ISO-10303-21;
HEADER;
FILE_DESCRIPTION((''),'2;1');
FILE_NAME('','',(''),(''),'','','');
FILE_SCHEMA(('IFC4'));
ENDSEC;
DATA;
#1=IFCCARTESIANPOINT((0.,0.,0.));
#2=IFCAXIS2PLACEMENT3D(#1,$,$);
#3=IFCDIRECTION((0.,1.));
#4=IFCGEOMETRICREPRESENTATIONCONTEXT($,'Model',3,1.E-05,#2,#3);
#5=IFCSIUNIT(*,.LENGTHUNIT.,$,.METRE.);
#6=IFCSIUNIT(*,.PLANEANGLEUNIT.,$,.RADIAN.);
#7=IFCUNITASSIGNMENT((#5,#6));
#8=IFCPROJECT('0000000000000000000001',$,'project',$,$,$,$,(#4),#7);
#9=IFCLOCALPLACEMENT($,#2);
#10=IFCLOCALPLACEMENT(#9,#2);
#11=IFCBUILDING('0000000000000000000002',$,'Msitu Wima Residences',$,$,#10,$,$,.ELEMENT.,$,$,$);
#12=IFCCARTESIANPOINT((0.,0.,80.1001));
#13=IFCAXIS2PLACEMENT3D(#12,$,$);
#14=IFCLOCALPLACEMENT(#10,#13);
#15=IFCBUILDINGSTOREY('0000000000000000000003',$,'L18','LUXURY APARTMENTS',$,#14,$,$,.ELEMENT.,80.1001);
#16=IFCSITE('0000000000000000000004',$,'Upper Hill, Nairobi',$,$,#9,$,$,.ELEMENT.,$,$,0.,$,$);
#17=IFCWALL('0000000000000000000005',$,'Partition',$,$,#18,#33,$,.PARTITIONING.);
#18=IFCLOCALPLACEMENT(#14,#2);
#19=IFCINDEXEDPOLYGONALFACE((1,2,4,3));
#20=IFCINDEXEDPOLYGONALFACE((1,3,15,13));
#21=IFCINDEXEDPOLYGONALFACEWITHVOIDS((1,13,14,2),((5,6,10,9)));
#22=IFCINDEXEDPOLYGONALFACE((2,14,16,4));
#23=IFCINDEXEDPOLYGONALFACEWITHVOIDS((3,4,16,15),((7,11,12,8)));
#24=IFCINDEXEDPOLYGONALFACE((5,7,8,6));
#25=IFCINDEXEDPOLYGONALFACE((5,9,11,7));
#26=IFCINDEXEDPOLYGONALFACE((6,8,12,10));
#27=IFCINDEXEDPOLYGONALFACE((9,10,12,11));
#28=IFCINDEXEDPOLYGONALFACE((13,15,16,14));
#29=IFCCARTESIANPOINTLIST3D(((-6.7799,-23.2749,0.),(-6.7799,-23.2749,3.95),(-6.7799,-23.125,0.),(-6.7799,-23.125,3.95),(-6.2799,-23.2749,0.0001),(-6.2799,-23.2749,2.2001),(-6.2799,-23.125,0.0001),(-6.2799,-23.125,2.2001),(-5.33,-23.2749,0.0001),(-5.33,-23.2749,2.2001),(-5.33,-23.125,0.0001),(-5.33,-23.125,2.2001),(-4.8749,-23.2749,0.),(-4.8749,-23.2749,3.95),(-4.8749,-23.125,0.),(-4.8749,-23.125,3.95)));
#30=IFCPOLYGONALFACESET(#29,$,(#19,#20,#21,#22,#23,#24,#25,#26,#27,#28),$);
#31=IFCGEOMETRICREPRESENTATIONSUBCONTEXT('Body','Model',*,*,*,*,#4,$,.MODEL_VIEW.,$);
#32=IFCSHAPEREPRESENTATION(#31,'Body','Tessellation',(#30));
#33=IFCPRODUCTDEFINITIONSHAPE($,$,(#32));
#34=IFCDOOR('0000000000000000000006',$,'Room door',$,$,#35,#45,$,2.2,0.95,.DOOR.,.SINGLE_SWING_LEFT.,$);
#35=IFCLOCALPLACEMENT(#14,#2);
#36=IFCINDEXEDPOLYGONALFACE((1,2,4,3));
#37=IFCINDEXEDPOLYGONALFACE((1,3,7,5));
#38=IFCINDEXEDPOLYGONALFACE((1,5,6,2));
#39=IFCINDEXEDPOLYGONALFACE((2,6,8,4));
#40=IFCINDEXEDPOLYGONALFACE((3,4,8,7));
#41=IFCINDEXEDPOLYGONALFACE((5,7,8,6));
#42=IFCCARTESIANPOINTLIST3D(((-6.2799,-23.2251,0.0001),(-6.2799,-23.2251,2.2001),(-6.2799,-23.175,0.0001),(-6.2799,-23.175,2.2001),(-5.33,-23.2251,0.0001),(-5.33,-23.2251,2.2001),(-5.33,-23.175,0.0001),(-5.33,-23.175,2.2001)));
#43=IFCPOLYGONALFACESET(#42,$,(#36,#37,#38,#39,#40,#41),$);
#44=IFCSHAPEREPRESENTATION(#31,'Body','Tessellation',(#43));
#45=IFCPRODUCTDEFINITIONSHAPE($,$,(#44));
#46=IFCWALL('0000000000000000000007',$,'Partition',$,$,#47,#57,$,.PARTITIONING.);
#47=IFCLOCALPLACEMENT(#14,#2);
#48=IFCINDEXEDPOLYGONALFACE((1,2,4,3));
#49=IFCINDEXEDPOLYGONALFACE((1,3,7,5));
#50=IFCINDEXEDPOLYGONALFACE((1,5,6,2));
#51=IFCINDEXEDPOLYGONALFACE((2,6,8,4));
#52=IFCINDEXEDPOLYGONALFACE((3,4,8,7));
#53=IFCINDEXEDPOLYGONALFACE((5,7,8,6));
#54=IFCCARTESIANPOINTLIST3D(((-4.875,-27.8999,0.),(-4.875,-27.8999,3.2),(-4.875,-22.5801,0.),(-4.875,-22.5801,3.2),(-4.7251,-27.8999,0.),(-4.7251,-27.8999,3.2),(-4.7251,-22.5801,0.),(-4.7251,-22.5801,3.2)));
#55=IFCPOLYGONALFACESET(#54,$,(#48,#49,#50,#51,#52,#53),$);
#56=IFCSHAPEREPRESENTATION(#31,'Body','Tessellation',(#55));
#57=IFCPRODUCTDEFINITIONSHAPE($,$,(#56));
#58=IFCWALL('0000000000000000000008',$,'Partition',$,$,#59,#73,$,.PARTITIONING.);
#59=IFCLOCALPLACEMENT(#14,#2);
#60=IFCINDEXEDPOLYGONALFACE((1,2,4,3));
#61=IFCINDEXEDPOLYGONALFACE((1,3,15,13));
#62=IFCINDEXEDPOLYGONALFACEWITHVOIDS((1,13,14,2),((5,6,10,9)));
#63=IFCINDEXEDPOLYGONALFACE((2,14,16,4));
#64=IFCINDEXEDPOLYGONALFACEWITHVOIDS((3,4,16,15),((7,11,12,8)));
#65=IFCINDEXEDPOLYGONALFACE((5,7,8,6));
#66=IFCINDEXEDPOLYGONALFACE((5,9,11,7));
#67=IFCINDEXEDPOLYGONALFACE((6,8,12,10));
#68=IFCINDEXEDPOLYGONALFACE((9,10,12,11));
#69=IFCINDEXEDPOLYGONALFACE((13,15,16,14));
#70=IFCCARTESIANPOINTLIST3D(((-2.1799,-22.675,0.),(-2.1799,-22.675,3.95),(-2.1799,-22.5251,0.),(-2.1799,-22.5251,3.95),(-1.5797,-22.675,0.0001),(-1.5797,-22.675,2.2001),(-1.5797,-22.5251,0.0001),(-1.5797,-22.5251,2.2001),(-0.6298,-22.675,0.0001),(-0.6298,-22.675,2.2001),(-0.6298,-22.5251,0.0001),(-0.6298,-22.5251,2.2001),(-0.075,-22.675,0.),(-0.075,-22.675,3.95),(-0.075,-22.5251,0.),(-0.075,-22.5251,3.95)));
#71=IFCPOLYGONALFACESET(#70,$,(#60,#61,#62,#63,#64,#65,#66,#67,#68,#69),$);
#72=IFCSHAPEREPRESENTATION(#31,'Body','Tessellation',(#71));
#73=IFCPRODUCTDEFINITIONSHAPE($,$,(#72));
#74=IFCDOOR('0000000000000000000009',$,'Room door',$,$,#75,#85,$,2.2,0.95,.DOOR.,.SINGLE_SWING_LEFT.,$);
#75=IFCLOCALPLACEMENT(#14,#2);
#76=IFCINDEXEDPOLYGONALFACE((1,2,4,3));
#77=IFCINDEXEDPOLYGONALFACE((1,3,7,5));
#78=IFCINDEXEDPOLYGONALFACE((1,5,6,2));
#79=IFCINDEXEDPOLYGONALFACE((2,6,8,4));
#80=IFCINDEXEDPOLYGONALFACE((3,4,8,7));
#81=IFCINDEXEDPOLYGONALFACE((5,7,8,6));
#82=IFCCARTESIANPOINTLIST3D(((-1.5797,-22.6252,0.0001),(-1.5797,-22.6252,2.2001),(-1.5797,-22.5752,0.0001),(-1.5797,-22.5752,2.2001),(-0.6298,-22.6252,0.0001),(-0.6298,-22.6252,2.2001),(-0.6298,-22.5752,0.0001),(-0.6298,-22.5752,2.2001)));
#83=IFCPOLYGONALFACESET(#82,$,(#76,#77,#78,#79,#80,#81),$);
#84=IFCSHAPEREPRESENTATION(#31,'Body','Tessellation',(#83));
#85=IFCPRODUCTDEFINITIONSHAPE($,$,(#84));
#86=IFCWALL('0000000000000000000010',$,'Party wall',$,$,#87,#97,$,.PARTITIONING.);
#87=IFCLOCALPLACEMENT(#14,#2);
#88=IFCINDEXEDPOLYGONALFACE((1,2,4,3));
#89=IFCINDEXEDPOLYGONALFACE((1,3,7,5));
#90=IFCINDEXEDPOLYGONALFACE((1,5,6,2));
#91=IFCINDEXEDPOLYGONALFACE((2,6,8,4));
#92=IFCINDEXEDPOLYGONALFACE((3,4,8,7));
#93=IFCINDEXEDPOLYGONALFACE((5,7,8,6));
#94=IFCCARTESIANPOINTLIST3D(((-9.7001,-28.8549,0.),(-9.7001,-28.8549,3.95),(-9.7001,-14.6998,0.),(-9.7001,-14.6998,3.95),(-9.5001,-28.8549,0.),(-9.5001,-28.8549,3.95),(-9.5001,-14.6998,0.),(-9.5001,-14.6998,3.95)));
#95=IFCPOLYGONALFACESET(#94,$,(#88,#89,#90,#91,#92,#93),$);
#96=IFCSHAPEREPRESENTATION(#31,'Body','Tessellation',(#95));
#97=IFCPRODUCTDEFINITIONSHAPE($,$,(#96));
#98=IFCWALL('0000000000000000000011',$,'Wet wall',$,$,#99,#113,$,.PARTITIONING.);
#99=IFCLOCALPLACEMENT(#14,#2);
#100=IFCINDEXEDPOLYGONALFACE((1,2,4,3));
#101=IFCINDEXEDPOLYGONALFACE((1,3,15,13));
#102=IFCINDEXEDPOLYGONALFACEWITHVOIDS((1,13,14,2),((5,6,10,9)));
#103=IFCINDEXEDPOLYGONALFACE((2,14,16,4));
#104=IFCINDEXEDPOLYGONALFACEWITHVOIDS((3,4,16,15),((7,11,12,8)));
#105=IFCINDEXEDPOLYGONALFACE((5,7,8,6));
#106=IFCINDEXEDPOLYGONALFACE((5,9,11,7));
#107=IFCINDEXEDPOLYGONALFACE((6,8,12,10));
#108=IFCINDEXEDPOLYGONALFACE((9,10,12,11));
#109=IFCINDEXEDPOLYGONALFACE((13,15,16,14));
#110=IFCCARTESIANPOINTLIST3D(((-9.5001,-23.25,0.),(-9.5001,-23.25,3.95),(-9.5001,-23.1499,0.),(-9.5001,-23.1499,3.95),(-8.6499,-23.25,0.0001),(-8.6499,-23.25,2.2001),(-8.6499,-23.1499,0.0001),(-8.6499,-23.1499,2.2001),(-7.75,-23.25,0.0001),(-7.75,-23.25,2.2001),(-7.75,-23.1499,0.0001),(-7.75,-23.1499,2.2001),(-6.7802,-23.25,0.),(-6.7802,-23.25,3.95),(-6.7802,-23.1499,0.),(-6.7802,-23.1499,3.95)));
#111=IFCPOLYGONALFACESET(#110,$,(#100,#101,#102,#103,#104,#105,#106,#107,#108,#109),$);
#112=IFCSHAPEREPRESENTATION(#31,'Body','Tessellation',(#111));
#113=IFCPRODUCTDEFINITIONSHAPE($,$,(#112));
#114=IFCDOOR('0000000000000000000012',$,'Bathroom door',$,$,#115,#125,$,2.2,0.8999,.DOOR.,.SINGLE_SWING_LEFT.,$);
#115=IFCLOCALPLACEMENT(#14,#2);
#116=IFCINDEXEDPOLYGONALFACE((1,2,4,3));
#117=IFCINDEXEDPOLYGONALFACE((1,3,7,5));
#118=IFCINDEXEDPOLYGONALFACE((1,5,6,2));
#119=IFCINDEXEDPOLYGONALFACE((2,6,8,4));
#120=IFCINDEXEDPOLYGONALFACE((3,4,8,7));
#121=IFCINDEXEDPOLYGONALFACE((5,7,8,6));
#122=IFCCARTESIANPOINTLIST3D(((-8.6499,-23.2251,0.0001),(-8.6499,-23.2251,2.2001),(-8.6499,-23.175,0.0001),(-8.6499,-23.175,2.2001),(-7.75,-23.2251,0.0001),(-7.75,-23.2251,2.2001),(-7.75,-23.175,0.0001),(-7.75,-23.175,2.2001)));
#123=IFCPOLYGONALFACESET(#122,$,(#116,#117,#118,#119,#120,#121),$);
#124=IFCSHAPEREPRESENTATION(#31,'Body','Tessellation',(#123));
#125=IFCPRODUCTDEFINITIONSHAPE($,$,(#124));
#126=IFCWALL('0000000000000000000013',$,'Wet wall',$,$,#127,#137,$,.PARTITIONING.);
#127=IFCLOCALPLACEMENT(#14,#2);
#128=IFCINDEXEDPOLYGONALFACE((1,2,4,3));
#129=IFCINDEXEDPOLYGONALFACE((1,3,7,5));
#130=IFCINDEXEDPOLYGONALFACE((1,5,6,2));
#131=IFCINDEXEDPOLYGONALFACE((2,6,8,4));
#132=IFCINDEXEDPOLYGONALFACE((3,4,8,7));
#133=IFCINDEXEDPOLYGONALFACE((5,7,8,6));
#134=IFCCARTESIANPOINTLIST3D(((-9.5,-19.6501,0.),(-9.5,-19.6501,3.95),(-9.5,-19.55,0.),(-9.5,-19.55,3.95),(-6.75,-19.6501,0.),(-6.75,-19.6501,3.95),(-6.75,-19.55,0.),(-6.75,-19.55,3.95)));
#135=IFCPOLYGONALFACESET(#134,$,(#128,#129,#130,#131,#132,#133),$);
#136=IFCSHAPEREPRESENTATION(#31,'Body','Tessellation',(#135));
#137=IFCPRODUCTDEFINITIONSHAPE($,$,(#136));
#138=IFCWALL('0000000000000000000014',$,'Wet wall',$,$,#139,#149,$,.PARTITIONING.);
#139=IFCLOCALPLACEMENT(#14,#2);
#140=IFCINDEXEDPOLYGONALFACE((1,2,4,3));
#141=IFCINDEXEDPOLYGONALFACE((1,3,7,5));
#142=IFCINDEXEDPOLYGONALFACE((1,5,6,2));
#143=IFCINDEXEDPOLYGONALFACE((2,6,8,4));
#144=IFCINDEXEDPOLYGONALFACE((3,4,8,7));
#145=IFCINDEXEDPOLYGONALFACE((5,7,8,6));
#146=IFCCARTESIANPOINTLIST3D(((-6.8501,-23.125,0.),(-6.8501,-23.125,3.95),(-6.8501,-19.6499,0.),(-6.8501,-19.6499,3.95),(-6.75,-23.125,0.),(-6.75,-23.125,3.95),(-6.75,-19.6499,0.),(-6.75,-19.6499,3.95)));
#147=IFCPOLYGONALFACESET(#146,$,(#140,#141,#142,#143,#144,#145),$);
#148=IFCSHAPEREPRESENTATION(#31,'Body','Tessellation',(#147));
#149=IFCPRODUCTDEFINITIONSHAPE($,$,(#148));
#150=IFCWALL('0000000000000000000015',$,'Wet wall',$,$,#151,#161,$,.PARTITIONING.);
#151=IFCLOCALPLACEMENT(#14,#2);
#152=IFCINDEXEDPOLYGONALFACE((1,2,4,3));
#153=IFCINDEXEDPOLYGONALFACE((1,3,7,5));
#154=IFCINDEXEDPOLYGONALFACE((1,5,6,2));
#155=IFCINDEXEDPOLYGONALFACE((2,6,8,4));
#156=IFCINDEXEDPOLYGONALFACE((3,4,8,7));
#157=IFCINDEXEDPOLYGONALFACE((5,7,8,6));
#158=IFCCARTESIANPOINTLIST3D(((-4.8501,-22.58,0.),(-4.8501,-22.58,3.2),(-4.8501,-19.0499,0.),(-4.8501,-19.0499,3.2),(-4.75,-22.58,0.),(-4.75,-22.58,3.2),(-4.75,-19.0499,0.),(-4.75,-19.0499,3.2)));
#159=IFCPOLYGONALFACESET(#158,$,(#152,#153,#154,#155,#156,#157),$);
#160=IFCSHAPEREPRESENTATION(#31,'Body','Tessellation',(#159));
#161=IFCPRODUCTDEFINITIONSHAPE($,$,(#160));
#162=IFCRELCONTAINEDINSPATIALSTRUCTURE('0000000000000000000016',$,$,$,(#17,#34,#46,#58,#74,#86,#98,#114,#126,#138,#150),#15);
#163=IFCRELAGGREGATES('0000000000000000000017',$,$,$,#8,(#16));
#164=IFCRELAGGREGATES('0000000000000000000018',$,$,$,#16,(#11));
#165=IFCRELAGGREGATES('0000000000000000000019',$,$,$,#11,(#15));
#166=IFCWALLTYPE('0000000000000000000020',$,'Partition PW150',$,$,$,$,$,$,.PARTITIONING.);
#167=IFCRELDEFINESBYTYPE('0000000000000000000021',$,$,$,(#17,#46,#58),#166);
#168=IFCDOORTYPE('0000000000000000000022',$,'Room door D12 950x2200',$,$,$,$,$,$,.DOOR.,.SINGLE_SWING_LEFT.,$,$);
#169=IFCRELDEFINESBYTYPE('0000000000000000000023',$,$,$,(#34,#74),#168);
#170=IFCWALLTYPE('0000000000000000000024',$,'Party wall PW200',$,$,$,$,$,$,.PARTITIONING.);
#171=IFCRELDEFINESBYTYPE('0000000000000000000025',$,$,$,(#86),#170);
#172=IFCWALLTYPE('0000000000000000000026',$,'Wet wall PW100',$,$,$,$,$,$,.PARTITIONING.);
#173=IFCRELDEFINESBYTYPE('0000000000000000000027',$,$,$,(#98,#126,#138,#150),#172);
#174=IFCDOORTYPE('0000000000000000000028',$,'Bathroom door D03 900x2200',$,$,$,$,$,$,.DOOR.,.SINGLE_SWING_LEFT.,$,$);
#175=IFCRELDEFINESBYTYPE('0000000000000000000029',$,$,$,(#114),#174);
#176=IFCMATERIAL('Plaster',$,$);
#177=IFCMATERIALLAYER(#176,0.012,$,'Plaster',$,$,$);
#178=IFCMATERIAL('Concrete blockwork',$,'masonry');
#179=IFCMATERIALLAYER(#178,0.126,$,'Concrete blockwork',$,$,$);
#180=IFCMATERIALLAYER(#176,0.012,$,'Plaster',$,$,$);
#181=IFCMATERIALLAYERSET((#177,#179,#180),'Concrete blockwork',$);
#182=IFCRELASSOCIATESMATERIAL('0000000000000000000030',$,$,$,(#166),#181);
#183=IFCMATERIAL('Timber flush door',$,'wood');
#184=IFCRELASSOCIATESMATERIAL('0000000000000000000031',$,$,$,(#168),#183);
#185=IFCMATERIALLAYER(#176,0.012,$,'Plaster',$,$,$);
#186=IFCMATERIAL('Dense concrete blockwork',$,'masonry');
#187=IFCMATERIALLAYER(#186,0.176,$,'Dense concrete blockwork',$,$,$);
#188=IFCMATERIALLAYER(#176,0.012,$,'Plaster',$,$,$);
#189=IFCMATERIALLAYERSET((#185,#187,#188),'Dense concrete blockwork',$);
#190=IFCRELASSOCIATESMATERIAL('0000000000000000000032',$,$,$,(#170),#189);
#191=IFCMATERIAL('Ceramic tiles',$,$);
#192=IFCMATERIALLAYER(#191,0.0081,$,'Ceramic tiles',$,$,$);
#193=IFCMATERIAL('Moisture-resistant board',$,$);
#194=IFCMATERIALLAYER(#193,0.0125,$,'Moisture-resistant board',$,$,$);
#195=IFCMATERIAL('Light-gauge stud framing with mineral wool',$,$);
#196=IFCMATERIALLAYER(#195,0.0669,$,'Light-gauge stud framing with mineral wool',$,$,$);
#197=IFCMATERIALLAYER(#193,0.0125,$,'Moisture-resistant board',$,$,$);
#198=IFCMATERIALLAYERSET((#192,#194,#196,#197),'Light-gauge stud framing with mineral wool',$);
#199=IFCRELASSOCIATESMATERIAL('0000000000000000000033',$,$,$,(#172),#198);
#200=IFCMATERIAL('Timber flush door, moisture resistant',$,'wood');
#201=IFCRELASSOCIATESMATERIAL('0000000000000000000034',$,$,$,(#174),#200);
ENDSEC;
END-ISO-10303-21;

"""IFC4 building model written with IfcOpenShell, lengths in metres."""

from ifc_helpers import new_model, si_unit, direction, frame, frame_2d, origin, place, context, subcontext, project, spatial, rectangle, extrude, material, layer, layer_set, type_object, element, fill, save


model = new_model("IFC4")

# Units and contexts
model_context = context("Model", 3, precision=1e-05, world=origin(), true_north=direction((0.0, 1.0)))
body_context = subcontext(model_context, "Body", "Model", "MODEL_VIEW")
ifc_project = project(units=[si_unit("LENGTHUNIT", "METRE"), si_unit("PLANEANGLEUNIT", "RADIAN")], contexts=[model_context])

# Site, building, storey
site_placement = place(None, origin())
site = spatial("IfcSite", under=ifc_project, at=site_placement, Name="Upper Hill, Nairobi", CompositionType="ELEMENT", RefElevation=0.0)
building_placement = place(site_placement, origin())
building = spatial("IfcBuilding", under=site, at=building_placement, Name="Msitu Wima Residences", CompositionType="ELEMENT")
storey_placement = place(building_placement, frame((0.0, 0.0, 80.1001)))
storey = spatial("IfcBuildingStorey", under=building, at=storey_placement, Name="L18", Description="LUXURY APARTMENTS", CompositionType="ELEMENT", Elevation=80.1001)

# Shared definitions
ifc_material_1 = material(Name="Plaster")
ifc_layer_1 = layer(ifc_material_1, 0.012, Name="Plaster")
ifc_material_2 = material(Name="Concrete blockwork", Category="masonry")
ifc_layer_2 = layer(ifc_material_2, 0.126, Name="Concrete blockwork")
ifc_layer_3 = layer(ifc_material_1, 0.012, Name="Plaster")
ifc_layer_set_1 = layer_set([ifc_layer_1, ifc_layer_2, ifc_layer_3], Name="Concrete blockwork")
wall_type_1 = type_object("IfcWallType", Name="Partition PW150", PredefinedType="PARTITIONING", material=ifc_layer_set_1)

# Wall, opening, door
wall_1_placement = place(storey_placement, frame((-6.78, -23.2, 0.0), z_axis=(0.0, 0.0, 1.0), x_axis=(1.0, 0.0, 0.0)))
wall_1 = element("IfcWall", 1, at=wall_1_placement, inside=storey, type_object=wall_type_1, Name="Partition", PredefinedType="PARTITIONING", context=body_context, shape_type="SweptSolid", body=[
    extrude(rectangle(XDim=1.905, YDim=0.1499, at=frame_2d((0.9526, 0.0))), origin(), (0.0, 0.0, 1.0), 3.95),
])
opening_1_placement = place(wall_1_placement, frame((0.5, 0.0, 0.0)))
opening_1 = element("IfcOpeningElement", 2, at=opening_1_placement, cuts=wall_1, PredefinedType="OPENING", context=body_context, shape_type="SweptSolid", body=[
    extrude(rectangle(XDim=0.95, YDim=2.2, at=frame_2d((0.4751, 1.1001))), frame((0.0, 0.085, 0.0), z_axis=(0.0, -1.0, 0.0), x_axis=(1.0, 0.0, 0.0)), (0.0, 0.0, 1.0), 0.1699),
])
ifc_material_3 = material(Name="Timber flush door", Category="wood")
door_type_1 = type_object("IfcDoorType", Name="Room door D12 950x2200", OperationType="SINGLE_SWING_LEFT", PredefinedType="DOOR", material=ifc_material_3)
door_1_placement = place(opening_1_placement, origin())
door_1 = element("IfcDoor", 3, at=door_1_placement, inside=storey, type_object=door_type_1, Name="Room door", OperationType="SINGLE_SWING_LEFT", OverallHeight=2.2, OverallWidth=0.95, PredefinedType="DOOR", context=body_context, shape_type="SweptSolid", body=[
    extrude(rectangle(XDim=0.95, YDim=2.2, at=frame_2d((0.4751, 1.1001))), frame((0.0, 0.0249, 0.0), z_axis=(0.0, -1.0, 0.0), x_axis=(1.0, 0.0, 0.0)), (0.0, 0.0, 1.0), 0.05),
])
fill(opening_1, door_1)

# Wall
wall_2_placement = place(storey_placement, frame((-4.8, -27.8999, 0.0), z_axis=(0.0, 0.0, 1.0), x_axis=(0.0, 1.0, 0.0)))
element("IfcWall", 4, at=wall_2_placement, inside=storey, type_object=wall_type_1, Name="Partition", PredefinedType="PARTITIONING", context=body_context, shape_type="SweptSolid", body=[
    extrude(rectangle(XDim=5.3198, YDim=0.1499, at=frame_2d((2.6599, 0.0))), origin(), (0.0, 0.0, 1.0), 3.2),
])

# Wall, opening, door
wall_3_placement = place(storey_placement, frame((-2.1799, -22.6001, 0.0), z_axis=(0.0, 0.0, 1.0), x_axis=(1.0, 0.0, 0.0)))
wall_3 = element("IfcWall", 5, at=wall_3_placement, inside=storey, type_object=wall_type_1, Name="Partition", PredefinedType="PARTITIONING", context=body_context, shape_type="SweptSolid", body=[
    extrude(rectangle(XDim=2.105, YDim=0.1499, at=frame_2d((1.0525, 0.0))), origin(), (0.0, 0.0, 1.0), 3.95),
])
opening_2_placement = place(wall_3_placement, frame((0.6001, 0.0, 0.0)))
opening_2 = element("IfcOpeningElement", 6, at=opening_2_placement, cuts=wall_3, PredefinedType="OPENING", context=body_context, shape_type="SweptSolid", body=[
    extrude(rectangle(XDim=0.95, YDim=2.2, at=frame_2d((0.4751, 1.1001))), frame((0.0, 0.085, 0.0), z_axis=(0.0, -1.0, 0.0), x_axis=(1.0, 0.0, 0.0)), (0.0, 0.0, 1.0), 0.1699),
])
door_2_placement = place(opening_2_placement, origin())
door_2 = element("IfcDoor", 7, at=door_2_placement, inside=storey, type_object=door_type_1, Name="Room door", OperationType="SINGLE_SWING_LEFT", OverallHeight=2.2, OverallWidth=0.95, PredefinedType="DOOR", context=body_context, shape_type="SweptSolid", body=[
    extrude(rectangle(XDim=0.95, YDim=2.2, at=frame_2d((0.4751, 1.1001))), frame((0.0, 0.0249, 0.0), z_axis=(0.0, -1.0, 0.0), x_axis=(1.0, 0.0, 0.0)), (0.0, 0.0, 1.0), 0.05),
])
fill(opening_2, door_2)

# Wall
ifc_layer_4 = layer(ifc_material_1, 0.012, Name="Plaster")
ifc_material_4 = material(Name="Dense concrete blockwork", Category="masonry")
ifc_layer_5 = layer(ifc_material_4, 0.176, Name="Dense concrete blockwork")
ifc_layer_6 = layer(ifc_material_1, 0.012, Name="Plaster")
ifc_layer_set_2 = layer_set([ifc_layer_4, ifc_layer_5, ifc_layer_6], Name="Dense concrete blockwork")
wall_type_2 = type_object("IfcWallType", Name="Party wall PW200", PredefinedType="PARTITIONING", material=ifc_layer_set_2)
wall_4_placement = place(storey_placement, frame((-9.6001, -28.855, 0.0), z_axis=(0.0, 0.0, 1.0), x_axis=(0.0, 1.0, 0.0)))
element("IfcWall", 8, at=wall_4_placement, inside=storey, type_object=wall_type_2, Name="Party wall", PredefinedType="PARTITIONING", context=body_context, shape_type="SweptSolid", body=[
    extrude(rectangle(XDim=14.155, YDim=0.2, at=frame_2d((7.0776, 0.0))), origin(), (0.0, 0.0, 1.0), 3.95),
])

# Wall, opening, door
ifc_material_5 = material(Name="Ceramic tiles")
ifc_layer_7 = layer(ifc_material_5, 0.0081, Name="Ceramic tiles")
ifc_material_6 = material(Name="Moisture-resistant board")
ifc_layer_8 = layer(ifc_material_6, 0.0125, Name="Moisture-resistant board")
ifc_material_7 = material(Name="Light-gauge stud framing with mineral wool")
ifc_layer_9 = layer(ifc_material_7, 0.0669, Name="Light-gauge stud framing with mineral wool")
ifc_layer_10 = layer(ifc_material_6, 0.0125, Name="Moisture-resistant board")
ifc_layer_set_3 = layer_set([ifc_layer_7, ifc_layer_8, ifc_layer_9, ifc_layer_10], Name="Light-gauge stud framing with mineral wool")
wall_type_3 = type_object("IfcWallType", Name="Wet wall PW100", PredefinedType="PARTITIONING", material=ifc_layer_set_3)
wall_5_placement = place(storey_placement, frame((-9.5, -23.2, 0.0), z_axis=(0.0, 0.0, 1.0), x_axis=(1.0, 0.0, 0.0)))
wall_5 = element("IfcWall", 9, at=wall_5_placement, inside=storey, type_object=wall_type_3, Name="Wet wall", PredefinedType="PARTITIONING", context=body_context, shape_type="SweptSolid", body=[
    extrude(rectangle(XDim=2.72, YDim=0.1001, at=frame_2d((1.3599, 0.0))), origin(), (0.0, 0.0, 1.0), 3.95),
])
opening_3_placement = place(wall_5_placement, frame((0.8501, 0.0, 0.0)))
opening_3 = element("IfcOpeningElement", 10, at=opening_3_placement, cuts=wall_5, PredefinedType="OPENING", context=body_context, shape_type="SweptSolid", body=[
    extrude(rectangle(XDim=0.8999, YDim=2.2, at=frame_2d((0.45, 1.1001))), frame((0.0, 0.0601, 0.0), z_axis=(0.0, -1.0, 0.0), x_axis=(1.0, 0.0, 0.0)), (0.0, 0.0, 1.0), 0.1201),
])
ifc_material_8 = material(Name="Timber flush door, moisture resistant", Category="wood")
door_type_2 = type_object("IfcDoorType", Name="Bathroom door D03 900x2200", OperationType="SINGLE_SWING_LEFT", PredefinedType="DOOR", material=ifc_material_8)
door_3_placement = place(opening_3_placement, origin())
door_3 = element("IfcDoor", 11, at=door_3_placement, inside=storey, type_object=door_type_2, Name="Bathroom door", OperationType="SINGLE_SWING_LEFT", OverallHeight=2.2, OverallWidth=0.8999, PredefinedType="DOOR", context=body_context, shape_type="SweptSolid", body=[
    extrude(rectangle(XDim=0.8999, YDim=2.2, at=frame_2d((0.45, 1.1001))), frame((0.0, 0.0249, 0.0), z_axis=(0.0, -1.0, 0.0), x_axis=(1.0, 0.0, 0.0)), (0.0, 0.0, 1.0), 0.05),
])
fill(opening_3, door_3)

# Walls
wall_6_placement = place(storey_placement, frame((-9.5, -19.6001, 0.0), z_axis=(0.0, 0.0, 1.0), x_axis=(1.0, 0.0, 0.0)))
element("IfcWall", 12, at=wall_6_placement, inside=storey, type_object=wall_type_3, Name="Wet wall", PredefinedType="PARTITIONING", context=body_context, shape_type="SweptSolid", body=[
    extrude(rectangle(XDim=2.75, YDim=0.1001, at=frame_2d((1.375, 0.0))), origin(), (0.0, 0.0, 1.0), 3.95),
])
wall_7_placement = place(storey_placement, frame((-6.8, -23.125, 0.0), z_axis=(0.0, 0.0, 1.0), x_axis=(0.0, 1.0, 0.0)))
element("IfcWall", 13, at=wall_7_placement, inside=storey, type_object=wall_type_3, Name="Wet wall", PredefinedType="PARTITIONING", context=body_context, shape_type="SweptSolid", body=[
    extrude(rectangle(XDim=3.4751, YDim=0.1001, at=frame_2d((1.7375, 0.0))), origin(), (0.0, 0.0, 1.0), 3.95),
])
wall_8_placement = place(storey_placement, frame((-4.8, -22.5801, 0.0), z_axis=(0.0, 0.0, 1.0), x_axis=(0.0, 1.0, 0.0)))
element("IfcWall", 14, at=wall_8_placement, inside=storey, type_object=wall_type_3, Name="Wet wall", PredefinedType="PARTITIONING", context=body_context, shape_type="SweptSolid", body=[
    extrude(rectangle(XDim=3.53, YDim=0.1001, at=frame_2d((1.7651, 0.0))), origin(), (0.0, 0.0, 1.0), 3.2),
])

save(model, "model.ifc")
